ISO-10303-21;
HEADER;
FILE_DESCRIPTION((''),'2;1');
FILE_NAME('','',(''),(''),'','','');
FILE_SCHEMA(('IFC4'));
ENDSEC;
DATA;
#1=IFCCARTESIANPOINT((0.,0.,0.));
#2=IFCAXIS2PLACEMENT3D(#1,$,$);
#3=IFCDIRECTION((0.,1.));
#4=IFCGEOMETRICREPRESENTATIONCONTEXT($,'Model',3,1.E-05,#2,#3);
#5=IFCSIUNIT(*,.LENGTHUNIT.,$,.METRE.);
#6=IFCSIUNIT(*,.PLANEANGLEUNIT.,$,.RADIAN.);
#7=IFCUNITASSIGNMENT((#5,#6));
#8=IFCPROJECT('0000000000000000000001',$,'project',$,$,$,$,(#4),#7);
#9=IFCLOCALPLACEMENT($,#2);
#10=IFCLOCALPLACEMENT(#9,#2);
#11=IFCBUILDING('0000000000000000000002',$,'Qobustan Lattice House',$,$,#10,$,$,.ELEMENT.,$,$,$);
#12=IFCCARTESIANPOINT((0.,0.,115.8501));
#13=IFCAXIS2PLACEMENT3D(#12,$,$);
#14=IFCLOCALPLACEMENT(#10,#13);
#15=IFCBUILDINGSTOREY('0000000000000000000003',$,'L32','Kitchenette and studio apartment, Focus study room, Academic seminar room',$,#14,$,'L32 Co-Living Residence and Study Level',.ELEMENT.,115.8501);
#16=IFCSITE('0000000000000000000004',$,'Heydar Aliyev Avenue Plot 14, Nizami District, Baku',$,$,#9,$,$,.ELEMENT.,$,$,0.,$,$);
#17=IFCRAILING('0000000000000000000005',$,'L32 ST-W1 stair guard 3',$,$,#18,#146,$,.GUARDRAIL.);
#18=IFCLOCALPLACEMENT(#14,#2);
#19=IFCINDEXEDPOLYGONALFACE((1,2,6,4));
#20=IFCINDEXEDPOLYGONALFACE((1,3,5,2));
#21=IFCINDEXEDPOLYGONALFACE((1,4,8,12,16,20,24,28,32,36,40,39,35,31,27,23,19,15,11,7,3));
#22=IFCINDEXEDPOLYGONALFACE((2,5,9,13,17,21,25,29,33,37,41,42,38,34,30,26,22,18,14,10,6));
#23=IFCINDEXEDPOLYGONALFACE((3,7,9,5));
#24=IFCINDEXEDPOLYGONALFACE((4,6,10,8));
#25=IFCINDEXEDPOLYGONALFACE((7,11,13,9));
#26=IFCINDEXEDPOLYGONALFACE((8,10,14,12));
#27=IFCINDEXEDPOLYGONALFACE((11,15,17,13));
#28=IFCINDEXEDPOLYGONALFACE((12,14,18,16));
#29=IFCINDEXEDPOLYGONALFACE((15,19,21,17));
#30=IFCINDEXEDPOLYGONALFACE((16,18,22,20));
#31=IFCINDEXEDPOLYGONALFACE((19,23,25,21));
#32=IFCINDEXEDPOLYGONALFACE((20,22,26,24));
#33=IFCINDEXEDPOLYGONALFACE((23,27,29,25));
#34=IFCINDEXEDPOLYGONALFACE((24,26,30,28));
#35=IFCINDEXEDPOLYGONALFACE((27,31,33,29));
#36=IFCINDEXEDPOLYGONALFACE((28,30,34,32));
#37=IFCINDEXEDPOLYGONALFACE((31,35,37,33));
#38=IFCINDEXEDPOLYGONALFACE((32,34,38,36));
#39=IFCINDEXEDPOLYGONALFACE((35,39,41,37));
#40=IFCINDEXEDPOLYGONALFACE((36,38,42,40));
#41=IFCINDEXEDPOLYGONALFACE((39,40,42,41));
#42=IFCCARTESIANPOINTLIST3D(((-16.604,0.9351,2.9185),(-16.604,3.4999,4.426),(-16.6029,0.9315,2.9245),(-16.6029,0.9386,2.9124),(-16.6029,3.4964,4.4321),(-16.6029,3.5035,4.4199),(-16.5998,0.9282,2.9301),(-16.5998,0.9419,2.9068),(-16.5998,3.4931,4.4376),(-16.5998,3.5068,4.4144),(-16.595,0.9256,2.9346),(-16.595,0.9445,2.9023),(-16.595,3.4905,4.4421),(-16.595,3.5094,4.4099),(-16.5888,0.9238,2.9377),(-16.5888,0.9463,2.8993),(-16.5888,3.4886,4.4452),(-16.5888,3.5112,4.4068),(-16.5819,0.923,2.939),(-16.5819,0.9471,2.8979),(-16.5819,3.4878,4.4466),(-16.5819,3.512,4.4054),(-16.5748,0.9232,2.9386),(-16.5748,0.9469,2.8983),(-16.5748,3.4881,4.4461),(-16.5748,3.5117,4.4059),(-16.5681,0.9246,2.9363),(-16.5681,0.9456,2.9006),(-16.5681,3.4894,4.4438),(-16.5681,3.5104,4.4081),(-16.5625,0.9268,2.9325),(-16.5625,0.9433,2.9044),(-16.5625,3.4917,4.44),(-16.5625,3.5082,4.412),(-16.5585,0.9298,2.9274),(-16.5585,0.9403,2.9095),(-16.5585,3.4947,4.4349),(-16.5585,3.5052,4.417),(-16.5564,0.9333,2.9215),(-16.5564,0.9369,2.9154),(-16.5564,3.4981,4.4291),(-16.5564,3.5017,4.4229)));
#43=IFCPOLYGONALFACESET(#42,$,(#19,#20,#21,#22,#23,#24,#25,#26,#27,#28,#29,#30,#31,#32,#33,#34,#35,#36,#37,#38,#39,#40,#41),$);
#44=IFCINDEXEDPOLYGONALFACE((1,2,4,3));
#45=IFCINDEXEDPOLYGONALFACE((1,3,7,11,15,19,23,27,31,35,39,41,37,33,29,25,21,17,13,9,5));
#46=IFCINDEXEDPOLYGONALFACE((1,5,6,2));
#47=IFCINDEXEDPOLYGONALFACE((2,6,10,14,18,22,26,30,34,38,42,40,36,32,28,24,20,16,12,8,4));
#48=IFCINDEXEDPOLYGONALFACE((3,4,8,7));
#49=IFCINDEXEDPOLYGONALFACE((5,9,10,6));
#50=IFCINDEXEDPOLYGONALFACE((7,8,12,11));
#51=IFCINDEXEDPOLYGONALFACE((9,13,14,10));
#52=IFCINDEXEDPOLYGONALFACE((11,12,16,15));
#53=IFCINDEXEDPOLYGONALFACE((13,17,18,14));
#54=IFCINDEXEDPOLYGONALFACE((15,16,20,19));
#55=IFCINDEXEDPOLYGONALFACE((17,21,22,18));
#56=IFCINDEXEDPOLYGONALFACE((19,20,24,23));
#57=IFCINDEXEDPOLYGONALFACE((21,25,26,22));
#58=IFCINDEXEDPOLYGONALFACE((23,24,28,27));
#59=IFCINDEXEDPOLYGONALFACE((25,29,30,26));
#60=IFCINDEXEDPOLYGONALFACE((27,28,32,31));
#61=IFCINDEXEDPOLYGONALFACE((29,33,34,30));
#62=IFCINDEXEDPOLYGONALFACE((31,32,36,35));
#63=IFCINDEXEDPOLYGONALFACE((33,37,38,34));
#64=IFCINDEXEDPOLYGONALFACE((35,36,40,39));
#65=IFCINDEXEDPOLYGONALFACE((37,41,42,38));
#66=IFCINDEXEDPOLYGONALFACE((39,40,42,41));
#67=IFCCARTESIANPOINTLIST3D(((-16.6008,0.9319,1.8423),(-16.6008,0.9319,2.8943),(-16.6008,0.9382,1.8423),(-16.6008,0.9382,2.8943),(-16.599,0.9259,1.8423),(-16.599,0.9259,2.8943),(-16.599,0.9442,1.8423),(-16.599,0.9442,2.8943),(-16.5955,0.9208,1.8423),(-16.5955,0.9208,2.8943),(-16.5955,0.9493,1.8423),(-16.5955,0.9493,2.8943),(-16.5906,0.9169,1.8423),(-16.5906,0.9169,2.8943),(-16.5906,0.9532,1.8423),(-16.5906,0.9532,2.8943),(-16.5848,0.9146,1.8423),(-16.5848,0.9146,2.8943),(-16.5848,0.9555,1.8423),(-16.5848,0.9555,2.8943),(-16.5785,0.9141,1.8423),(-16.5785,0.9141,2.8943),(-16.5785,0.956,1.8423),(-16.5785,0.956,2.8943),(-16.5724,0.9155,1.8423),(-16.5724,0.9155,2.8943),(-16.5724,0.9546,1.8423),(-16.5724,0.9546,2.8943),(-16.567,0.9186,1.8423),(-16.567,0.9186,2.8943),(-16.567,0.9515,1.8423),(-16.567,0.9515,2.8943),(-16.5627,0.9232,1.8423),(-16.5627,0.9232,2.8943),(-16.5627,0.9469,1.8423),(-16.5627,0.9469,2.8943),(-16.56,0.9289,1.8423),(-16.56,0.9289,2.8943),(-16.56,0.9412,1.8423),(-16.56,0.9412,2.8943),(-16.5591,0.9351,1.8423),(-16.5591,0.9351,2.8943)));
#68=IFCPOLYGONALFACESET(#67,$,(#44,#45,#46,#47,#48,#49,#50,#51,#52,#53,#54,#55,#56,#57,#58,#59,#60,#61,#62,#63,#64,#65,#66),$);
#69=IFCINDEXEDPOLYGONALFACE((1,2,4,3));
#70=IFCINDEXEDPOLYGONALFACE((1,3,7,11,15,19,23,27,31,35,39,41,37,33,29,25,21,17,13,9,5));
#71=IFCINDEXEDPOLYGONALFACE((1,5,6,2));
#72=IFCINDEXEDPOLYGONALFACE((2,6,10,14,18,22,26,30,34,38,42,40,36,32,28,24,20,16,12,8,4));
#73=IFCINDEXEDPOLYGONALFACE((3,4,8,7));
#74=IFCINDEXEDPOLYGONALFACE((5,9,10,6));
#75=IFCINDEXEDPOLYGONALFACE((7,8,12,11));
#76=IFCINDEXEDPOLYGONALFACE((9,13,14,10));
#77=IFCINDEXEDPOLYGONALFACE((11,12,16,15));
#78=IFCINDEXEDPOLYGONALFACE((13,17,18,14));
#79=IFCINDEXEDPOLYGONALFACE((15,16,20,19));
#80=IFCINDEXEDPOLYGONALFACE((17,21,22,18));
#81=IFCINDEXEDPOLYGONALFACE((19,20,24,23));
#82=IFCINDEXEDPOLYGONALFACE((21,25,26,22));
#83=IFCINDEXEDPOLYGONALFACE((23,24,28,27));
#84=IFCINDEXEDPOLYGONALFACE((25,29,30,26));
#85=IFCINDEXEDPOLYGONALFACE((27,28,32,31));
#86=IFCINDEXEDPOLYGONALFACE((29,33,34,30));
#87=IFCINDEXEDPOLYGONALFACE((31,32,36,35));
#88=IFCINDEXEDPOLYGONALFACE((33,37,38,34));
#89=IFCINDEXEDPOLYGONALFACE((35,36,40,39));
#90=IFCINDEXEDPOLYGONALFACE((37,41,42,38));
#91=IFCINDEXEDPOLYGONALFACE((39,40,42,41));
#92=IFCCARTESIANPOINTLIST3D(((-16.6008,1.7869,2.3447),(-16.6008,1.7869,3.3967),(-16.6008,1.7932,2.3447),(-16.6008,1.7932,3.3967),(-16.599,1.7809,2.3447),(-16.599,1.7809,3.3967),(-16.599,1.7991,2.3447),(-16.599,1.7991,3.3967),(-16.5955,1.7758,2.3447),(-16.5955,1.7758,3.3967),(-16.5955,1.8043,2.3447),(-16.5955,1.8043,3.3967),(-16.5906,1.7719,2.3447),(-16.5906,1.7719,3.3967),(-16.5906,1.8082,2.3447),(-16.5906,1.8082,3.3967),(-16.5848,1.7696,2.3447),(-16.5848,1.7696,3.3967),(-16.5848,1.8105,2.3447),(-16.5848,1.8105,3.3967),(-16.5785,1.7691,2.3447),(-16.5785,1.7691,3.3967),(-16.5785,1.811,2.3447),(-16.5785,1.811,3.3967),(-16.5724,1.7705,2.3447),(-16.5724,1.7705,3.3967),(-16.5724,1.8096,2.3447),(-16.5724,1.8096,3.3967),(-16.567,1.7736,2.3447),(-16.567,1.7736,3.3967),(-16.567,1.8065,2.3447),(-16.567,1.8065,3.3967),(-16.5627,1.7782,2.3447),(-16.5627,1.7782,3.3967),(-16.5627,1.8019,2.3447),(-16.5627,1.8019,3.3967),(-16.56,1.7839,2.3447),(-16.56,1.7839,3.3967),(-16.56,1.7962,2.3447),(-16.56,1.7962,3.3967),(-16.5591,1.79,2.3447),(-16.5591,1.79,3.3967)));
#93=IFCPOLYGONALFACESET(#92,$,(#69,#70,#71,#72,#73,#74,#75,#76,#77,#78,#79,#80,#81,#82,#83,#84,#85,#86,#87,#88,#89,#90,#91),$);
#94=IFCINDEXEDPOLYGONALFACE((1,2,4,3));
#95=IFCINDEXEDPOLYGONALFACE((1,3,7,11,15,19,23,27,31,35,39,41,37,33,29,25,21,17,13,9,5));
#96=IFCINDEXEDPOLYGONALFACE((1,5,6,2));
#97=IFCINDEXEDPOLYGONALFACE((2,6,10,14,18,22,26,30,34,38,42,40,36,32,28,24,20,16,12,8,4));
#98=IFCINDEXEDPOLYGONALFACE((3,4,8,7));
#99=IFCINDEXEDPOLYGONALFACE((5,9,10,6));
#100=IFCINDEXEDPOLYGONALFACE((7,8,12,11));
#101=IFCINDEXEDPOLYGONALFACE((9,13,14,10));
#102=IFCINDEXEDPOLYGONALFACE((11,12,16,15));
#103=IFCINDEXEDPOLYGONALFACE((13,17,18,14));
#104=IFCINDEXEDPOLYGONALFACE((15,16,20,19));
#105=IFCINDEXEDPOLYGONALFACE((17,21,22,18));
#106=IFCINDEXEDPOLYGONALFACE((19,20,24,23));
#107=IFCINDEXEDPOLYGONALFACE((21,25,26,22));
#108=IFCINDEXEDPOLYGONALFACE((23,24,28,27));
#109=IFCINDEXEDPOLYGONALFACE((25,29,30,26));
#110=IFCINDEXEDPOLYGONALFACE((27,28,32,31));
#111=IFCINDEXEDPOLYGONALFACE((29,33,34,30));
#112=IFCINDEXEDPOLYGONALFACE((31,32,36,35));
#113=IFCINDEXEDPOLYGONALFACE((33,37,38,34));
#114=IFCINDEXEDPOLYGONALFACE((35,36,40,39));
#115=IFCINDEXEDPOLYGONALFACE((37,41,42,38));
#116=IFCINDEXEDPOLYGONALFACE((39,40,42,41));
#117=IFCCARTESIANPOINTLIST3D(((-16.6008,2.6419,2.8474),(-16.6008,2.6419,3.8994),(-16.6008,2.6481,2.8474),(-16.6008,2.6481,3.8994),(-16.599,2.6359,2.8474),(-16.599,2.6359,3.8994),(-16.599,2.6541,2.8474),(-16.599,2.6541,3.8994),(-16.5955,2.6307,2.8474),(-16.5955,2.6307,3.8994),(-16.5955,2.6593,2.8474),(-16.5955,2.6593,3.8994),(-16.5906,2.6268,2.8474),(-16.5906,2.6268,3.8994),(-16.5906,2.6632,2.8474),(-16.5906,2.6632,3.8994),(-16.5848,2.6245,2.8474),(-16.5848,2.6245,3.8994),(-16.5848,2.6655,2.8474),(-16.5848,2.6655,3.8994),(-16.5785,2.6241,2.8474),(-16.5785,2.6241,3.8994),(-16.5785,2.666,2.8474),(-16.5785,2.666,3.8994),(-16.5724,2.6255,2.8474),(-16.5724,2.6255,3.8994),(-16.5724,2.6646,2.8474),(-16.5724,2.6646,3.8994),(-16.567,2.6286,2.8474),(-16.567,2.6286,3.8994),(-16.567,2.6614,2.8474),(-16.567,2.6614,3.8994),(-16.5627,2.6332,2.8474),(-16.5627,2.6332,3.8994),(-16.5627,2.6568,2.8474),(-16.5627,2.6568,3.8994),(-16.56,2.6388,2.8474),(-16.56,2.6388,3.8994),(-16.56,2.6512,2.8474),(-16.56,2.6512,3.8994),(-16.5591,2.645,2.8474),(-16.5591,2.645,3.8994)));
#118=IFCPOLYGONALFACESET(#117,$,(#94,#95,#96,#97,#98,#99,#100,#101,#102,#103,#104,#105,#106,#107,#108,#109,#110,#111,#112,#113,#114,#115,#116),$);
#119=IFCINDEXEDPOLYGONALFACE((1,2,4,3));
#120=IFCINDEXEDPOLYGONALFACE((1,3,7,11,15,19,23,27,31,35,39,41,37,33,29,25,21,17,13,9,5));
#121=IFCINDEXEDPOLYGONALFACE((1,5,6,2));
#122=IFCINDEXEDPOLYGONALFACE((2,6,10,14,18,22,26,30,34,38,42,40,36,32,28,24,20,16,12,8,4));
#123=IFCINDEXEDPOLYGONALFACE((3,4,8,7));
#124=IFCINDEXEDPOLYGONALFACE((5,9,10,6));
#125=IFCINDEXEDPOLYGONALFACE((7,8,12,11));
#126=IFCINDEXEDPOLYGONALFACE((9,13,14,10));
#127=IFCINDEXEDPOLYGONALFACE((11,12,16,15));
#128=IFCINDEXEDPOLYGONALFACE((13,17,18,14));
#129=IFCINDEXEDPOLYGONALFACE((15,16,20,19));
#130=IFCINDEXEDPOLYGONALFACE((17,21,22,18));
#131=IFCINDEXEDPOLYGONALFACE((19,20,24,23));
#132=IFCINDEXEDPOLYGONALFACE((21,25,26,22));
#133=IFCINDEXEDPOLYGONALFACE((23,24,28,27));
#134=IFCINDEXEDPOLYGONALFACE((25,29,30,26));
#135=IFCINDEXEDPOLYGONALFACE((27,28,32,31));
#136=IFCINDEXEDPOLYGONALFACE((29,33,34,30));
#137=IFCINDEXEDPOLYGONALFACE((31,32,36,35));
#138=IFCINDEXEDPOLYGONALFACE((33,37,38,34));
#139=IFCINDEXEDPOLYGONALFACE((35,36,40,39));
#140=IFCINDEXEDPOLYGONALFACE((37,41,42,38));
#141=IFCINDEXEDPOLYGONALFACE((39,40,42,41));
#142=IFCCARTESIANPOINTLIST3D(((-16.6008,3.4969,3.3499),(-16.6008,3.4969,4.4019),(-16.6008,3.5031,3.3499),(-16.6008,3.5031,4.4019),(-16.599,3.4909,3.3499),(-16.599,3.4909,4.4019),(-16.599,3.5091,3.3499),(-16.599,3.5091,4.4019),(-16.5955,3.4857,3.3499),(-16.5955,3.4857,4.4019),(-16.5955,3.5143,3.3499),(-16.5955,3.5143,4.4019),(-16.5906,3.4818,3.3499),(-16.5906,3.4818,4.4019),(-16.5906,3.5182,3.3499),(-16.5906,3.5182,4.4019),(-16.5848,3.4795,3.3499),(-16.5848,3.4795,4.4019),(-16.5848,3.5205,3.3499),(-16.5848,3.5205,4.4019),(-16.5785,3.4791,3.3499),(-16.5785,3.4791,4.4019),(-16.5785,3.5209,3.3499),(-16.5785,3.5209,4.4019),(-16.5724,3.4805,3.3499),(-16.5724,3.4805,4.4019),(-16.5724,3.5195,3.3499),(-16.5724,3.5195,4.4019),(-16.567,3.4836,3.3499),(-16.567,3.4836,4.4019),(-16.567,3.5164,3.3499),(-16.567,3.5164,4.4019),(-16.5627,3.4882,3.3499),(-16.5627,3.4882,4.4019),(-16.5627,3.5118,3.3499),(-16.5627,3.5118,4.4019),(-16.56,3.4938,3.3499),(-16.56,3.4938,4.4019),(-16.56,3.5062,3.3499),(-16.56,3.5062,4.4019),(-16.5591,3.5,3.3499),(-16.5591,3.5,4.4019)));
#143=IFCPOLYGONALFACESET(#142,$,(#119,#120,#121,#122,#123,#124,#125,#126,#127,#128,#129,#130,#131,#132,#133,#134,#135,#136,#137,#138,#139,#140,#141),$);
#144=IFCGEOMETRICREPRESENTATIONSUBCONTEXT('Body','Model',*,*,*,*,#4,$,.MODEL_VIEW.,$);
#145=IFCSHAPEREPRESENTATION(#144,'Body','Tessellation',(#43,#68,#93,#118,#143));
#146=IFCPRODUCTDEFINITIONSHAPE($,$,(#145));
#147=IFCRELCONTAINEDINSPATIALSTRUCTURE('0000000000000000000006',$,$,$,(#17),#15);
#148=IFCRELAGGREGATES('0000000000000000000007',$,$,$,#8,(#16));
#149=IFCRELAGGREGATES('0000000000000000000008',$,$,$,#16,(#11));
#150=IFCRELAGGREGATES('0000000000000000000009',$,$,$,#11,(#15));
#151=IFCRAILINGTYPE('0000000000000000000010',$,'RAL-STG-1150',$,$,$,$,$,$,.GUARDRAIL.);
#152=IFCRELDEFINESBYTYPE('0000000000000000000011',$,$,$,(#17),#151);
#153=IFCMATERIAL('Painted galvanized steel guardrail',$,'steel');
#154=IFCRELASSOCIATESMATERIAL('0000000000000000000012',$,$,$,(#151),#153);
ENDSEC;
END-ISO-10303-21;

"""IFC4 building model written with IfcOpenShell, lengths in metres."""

from ifc_helpers import new_model, si_unit, direction, frame, origin, origin_2d, place, context, subcontext, project, spatial, circle, extrude, material, type_object, element, save


model = new_model("IFC4")

# Units and contexts
model_context = context("Model", 3, precision=1e-05, world=origin(), true_north=direction((0.0, 1.0)))
body_context = subcontext(model_context, "Body", "Model", "MODEL_VIEW")
ifc_project = project(units=[si_unit("LENGTHUNIT", "METRE"), si_unit("PLANEANGLEUNIT", "RADIAN")], contexts=[model_context])

# Site, building, storey
site_placement = place(None, origin())
site = spatial("IfcSite", under=ifc_project, at=site_placement, Name="Heydar Aliyev Avenue Plot 14, Nizami District, Baku", CompositionType="ELEMENT", RefElevation=0.0)
building_placement = place(site_placement, origin())
building = spatial("IfcBuilding", under=site, at=building_placement, Name="Qobustan Lattice House", CompositionType="ELEMENT")
storey_placement = place(building_placement, frame((0.0, 0.0, 115.8501)))
storey = spatial("IfcBuildingStorey", under=building, at=storey_placement, Name="L32", Description="Kitchenette and studio apartment, Focus study room, Academic seminar room", LongName="L32 Co-Living Residence and Study Level", CompositionType="ELEMENT", Elevation=115.8501)

# Railing
ifc_material_1 = material(Name="Painted galvanized steel guardrail", Category="steel")
railing_type_1 = type_object("IfcRailingType", Name="RAL-STG-1150", PredefinedType="GUARDRAIL", material=ifc_material_1)
railing_1_placement = place(storey_placement, frame((-16.5801, 0.9351, 1.8423)))
element("IfcRailing", 1, at=railing_1_placement, inside=storey, type_object=railing_type_1, Name="L32 ST-W1 stair guard 3", PredefinedType="GUARDRAIL", context=body_context, shape_type="SweptSolid", body=[
    extrude(circle(Radius=0.0239, at=origin_2d()), frame((0.0, 0.0, 1.0762), z_axis=(0.0, 0.862113, 0.506715), x_axis=(-1.0, 0.0, 0.0)), (0.0, 0.0, 1.0), 2.9751),
    extrude(circle(Radius=0.021, at=origin_2d()), origin(), (0.0, 0.0, 1.0), 1.052),
    extrude(circle(Radius=0.021, at=origin_2d()), frame((0.0, 0.855, 0.5024)), (0.0, 0.0, 1.0), 1.052),
    extrude(circle(Radius=0.021, at=origin_2d()), frame((0.0, 1.71, 1.0051)), (0.0, 0.0, 1.0), 1.052),
    extrude(circle(Radius=0.021, at=origin_2d()), frame((0.0, 2.5649, 1.5076)), (0.0, 0.0, 1.0), 1.052),
])

save(model, "model.ifc")
